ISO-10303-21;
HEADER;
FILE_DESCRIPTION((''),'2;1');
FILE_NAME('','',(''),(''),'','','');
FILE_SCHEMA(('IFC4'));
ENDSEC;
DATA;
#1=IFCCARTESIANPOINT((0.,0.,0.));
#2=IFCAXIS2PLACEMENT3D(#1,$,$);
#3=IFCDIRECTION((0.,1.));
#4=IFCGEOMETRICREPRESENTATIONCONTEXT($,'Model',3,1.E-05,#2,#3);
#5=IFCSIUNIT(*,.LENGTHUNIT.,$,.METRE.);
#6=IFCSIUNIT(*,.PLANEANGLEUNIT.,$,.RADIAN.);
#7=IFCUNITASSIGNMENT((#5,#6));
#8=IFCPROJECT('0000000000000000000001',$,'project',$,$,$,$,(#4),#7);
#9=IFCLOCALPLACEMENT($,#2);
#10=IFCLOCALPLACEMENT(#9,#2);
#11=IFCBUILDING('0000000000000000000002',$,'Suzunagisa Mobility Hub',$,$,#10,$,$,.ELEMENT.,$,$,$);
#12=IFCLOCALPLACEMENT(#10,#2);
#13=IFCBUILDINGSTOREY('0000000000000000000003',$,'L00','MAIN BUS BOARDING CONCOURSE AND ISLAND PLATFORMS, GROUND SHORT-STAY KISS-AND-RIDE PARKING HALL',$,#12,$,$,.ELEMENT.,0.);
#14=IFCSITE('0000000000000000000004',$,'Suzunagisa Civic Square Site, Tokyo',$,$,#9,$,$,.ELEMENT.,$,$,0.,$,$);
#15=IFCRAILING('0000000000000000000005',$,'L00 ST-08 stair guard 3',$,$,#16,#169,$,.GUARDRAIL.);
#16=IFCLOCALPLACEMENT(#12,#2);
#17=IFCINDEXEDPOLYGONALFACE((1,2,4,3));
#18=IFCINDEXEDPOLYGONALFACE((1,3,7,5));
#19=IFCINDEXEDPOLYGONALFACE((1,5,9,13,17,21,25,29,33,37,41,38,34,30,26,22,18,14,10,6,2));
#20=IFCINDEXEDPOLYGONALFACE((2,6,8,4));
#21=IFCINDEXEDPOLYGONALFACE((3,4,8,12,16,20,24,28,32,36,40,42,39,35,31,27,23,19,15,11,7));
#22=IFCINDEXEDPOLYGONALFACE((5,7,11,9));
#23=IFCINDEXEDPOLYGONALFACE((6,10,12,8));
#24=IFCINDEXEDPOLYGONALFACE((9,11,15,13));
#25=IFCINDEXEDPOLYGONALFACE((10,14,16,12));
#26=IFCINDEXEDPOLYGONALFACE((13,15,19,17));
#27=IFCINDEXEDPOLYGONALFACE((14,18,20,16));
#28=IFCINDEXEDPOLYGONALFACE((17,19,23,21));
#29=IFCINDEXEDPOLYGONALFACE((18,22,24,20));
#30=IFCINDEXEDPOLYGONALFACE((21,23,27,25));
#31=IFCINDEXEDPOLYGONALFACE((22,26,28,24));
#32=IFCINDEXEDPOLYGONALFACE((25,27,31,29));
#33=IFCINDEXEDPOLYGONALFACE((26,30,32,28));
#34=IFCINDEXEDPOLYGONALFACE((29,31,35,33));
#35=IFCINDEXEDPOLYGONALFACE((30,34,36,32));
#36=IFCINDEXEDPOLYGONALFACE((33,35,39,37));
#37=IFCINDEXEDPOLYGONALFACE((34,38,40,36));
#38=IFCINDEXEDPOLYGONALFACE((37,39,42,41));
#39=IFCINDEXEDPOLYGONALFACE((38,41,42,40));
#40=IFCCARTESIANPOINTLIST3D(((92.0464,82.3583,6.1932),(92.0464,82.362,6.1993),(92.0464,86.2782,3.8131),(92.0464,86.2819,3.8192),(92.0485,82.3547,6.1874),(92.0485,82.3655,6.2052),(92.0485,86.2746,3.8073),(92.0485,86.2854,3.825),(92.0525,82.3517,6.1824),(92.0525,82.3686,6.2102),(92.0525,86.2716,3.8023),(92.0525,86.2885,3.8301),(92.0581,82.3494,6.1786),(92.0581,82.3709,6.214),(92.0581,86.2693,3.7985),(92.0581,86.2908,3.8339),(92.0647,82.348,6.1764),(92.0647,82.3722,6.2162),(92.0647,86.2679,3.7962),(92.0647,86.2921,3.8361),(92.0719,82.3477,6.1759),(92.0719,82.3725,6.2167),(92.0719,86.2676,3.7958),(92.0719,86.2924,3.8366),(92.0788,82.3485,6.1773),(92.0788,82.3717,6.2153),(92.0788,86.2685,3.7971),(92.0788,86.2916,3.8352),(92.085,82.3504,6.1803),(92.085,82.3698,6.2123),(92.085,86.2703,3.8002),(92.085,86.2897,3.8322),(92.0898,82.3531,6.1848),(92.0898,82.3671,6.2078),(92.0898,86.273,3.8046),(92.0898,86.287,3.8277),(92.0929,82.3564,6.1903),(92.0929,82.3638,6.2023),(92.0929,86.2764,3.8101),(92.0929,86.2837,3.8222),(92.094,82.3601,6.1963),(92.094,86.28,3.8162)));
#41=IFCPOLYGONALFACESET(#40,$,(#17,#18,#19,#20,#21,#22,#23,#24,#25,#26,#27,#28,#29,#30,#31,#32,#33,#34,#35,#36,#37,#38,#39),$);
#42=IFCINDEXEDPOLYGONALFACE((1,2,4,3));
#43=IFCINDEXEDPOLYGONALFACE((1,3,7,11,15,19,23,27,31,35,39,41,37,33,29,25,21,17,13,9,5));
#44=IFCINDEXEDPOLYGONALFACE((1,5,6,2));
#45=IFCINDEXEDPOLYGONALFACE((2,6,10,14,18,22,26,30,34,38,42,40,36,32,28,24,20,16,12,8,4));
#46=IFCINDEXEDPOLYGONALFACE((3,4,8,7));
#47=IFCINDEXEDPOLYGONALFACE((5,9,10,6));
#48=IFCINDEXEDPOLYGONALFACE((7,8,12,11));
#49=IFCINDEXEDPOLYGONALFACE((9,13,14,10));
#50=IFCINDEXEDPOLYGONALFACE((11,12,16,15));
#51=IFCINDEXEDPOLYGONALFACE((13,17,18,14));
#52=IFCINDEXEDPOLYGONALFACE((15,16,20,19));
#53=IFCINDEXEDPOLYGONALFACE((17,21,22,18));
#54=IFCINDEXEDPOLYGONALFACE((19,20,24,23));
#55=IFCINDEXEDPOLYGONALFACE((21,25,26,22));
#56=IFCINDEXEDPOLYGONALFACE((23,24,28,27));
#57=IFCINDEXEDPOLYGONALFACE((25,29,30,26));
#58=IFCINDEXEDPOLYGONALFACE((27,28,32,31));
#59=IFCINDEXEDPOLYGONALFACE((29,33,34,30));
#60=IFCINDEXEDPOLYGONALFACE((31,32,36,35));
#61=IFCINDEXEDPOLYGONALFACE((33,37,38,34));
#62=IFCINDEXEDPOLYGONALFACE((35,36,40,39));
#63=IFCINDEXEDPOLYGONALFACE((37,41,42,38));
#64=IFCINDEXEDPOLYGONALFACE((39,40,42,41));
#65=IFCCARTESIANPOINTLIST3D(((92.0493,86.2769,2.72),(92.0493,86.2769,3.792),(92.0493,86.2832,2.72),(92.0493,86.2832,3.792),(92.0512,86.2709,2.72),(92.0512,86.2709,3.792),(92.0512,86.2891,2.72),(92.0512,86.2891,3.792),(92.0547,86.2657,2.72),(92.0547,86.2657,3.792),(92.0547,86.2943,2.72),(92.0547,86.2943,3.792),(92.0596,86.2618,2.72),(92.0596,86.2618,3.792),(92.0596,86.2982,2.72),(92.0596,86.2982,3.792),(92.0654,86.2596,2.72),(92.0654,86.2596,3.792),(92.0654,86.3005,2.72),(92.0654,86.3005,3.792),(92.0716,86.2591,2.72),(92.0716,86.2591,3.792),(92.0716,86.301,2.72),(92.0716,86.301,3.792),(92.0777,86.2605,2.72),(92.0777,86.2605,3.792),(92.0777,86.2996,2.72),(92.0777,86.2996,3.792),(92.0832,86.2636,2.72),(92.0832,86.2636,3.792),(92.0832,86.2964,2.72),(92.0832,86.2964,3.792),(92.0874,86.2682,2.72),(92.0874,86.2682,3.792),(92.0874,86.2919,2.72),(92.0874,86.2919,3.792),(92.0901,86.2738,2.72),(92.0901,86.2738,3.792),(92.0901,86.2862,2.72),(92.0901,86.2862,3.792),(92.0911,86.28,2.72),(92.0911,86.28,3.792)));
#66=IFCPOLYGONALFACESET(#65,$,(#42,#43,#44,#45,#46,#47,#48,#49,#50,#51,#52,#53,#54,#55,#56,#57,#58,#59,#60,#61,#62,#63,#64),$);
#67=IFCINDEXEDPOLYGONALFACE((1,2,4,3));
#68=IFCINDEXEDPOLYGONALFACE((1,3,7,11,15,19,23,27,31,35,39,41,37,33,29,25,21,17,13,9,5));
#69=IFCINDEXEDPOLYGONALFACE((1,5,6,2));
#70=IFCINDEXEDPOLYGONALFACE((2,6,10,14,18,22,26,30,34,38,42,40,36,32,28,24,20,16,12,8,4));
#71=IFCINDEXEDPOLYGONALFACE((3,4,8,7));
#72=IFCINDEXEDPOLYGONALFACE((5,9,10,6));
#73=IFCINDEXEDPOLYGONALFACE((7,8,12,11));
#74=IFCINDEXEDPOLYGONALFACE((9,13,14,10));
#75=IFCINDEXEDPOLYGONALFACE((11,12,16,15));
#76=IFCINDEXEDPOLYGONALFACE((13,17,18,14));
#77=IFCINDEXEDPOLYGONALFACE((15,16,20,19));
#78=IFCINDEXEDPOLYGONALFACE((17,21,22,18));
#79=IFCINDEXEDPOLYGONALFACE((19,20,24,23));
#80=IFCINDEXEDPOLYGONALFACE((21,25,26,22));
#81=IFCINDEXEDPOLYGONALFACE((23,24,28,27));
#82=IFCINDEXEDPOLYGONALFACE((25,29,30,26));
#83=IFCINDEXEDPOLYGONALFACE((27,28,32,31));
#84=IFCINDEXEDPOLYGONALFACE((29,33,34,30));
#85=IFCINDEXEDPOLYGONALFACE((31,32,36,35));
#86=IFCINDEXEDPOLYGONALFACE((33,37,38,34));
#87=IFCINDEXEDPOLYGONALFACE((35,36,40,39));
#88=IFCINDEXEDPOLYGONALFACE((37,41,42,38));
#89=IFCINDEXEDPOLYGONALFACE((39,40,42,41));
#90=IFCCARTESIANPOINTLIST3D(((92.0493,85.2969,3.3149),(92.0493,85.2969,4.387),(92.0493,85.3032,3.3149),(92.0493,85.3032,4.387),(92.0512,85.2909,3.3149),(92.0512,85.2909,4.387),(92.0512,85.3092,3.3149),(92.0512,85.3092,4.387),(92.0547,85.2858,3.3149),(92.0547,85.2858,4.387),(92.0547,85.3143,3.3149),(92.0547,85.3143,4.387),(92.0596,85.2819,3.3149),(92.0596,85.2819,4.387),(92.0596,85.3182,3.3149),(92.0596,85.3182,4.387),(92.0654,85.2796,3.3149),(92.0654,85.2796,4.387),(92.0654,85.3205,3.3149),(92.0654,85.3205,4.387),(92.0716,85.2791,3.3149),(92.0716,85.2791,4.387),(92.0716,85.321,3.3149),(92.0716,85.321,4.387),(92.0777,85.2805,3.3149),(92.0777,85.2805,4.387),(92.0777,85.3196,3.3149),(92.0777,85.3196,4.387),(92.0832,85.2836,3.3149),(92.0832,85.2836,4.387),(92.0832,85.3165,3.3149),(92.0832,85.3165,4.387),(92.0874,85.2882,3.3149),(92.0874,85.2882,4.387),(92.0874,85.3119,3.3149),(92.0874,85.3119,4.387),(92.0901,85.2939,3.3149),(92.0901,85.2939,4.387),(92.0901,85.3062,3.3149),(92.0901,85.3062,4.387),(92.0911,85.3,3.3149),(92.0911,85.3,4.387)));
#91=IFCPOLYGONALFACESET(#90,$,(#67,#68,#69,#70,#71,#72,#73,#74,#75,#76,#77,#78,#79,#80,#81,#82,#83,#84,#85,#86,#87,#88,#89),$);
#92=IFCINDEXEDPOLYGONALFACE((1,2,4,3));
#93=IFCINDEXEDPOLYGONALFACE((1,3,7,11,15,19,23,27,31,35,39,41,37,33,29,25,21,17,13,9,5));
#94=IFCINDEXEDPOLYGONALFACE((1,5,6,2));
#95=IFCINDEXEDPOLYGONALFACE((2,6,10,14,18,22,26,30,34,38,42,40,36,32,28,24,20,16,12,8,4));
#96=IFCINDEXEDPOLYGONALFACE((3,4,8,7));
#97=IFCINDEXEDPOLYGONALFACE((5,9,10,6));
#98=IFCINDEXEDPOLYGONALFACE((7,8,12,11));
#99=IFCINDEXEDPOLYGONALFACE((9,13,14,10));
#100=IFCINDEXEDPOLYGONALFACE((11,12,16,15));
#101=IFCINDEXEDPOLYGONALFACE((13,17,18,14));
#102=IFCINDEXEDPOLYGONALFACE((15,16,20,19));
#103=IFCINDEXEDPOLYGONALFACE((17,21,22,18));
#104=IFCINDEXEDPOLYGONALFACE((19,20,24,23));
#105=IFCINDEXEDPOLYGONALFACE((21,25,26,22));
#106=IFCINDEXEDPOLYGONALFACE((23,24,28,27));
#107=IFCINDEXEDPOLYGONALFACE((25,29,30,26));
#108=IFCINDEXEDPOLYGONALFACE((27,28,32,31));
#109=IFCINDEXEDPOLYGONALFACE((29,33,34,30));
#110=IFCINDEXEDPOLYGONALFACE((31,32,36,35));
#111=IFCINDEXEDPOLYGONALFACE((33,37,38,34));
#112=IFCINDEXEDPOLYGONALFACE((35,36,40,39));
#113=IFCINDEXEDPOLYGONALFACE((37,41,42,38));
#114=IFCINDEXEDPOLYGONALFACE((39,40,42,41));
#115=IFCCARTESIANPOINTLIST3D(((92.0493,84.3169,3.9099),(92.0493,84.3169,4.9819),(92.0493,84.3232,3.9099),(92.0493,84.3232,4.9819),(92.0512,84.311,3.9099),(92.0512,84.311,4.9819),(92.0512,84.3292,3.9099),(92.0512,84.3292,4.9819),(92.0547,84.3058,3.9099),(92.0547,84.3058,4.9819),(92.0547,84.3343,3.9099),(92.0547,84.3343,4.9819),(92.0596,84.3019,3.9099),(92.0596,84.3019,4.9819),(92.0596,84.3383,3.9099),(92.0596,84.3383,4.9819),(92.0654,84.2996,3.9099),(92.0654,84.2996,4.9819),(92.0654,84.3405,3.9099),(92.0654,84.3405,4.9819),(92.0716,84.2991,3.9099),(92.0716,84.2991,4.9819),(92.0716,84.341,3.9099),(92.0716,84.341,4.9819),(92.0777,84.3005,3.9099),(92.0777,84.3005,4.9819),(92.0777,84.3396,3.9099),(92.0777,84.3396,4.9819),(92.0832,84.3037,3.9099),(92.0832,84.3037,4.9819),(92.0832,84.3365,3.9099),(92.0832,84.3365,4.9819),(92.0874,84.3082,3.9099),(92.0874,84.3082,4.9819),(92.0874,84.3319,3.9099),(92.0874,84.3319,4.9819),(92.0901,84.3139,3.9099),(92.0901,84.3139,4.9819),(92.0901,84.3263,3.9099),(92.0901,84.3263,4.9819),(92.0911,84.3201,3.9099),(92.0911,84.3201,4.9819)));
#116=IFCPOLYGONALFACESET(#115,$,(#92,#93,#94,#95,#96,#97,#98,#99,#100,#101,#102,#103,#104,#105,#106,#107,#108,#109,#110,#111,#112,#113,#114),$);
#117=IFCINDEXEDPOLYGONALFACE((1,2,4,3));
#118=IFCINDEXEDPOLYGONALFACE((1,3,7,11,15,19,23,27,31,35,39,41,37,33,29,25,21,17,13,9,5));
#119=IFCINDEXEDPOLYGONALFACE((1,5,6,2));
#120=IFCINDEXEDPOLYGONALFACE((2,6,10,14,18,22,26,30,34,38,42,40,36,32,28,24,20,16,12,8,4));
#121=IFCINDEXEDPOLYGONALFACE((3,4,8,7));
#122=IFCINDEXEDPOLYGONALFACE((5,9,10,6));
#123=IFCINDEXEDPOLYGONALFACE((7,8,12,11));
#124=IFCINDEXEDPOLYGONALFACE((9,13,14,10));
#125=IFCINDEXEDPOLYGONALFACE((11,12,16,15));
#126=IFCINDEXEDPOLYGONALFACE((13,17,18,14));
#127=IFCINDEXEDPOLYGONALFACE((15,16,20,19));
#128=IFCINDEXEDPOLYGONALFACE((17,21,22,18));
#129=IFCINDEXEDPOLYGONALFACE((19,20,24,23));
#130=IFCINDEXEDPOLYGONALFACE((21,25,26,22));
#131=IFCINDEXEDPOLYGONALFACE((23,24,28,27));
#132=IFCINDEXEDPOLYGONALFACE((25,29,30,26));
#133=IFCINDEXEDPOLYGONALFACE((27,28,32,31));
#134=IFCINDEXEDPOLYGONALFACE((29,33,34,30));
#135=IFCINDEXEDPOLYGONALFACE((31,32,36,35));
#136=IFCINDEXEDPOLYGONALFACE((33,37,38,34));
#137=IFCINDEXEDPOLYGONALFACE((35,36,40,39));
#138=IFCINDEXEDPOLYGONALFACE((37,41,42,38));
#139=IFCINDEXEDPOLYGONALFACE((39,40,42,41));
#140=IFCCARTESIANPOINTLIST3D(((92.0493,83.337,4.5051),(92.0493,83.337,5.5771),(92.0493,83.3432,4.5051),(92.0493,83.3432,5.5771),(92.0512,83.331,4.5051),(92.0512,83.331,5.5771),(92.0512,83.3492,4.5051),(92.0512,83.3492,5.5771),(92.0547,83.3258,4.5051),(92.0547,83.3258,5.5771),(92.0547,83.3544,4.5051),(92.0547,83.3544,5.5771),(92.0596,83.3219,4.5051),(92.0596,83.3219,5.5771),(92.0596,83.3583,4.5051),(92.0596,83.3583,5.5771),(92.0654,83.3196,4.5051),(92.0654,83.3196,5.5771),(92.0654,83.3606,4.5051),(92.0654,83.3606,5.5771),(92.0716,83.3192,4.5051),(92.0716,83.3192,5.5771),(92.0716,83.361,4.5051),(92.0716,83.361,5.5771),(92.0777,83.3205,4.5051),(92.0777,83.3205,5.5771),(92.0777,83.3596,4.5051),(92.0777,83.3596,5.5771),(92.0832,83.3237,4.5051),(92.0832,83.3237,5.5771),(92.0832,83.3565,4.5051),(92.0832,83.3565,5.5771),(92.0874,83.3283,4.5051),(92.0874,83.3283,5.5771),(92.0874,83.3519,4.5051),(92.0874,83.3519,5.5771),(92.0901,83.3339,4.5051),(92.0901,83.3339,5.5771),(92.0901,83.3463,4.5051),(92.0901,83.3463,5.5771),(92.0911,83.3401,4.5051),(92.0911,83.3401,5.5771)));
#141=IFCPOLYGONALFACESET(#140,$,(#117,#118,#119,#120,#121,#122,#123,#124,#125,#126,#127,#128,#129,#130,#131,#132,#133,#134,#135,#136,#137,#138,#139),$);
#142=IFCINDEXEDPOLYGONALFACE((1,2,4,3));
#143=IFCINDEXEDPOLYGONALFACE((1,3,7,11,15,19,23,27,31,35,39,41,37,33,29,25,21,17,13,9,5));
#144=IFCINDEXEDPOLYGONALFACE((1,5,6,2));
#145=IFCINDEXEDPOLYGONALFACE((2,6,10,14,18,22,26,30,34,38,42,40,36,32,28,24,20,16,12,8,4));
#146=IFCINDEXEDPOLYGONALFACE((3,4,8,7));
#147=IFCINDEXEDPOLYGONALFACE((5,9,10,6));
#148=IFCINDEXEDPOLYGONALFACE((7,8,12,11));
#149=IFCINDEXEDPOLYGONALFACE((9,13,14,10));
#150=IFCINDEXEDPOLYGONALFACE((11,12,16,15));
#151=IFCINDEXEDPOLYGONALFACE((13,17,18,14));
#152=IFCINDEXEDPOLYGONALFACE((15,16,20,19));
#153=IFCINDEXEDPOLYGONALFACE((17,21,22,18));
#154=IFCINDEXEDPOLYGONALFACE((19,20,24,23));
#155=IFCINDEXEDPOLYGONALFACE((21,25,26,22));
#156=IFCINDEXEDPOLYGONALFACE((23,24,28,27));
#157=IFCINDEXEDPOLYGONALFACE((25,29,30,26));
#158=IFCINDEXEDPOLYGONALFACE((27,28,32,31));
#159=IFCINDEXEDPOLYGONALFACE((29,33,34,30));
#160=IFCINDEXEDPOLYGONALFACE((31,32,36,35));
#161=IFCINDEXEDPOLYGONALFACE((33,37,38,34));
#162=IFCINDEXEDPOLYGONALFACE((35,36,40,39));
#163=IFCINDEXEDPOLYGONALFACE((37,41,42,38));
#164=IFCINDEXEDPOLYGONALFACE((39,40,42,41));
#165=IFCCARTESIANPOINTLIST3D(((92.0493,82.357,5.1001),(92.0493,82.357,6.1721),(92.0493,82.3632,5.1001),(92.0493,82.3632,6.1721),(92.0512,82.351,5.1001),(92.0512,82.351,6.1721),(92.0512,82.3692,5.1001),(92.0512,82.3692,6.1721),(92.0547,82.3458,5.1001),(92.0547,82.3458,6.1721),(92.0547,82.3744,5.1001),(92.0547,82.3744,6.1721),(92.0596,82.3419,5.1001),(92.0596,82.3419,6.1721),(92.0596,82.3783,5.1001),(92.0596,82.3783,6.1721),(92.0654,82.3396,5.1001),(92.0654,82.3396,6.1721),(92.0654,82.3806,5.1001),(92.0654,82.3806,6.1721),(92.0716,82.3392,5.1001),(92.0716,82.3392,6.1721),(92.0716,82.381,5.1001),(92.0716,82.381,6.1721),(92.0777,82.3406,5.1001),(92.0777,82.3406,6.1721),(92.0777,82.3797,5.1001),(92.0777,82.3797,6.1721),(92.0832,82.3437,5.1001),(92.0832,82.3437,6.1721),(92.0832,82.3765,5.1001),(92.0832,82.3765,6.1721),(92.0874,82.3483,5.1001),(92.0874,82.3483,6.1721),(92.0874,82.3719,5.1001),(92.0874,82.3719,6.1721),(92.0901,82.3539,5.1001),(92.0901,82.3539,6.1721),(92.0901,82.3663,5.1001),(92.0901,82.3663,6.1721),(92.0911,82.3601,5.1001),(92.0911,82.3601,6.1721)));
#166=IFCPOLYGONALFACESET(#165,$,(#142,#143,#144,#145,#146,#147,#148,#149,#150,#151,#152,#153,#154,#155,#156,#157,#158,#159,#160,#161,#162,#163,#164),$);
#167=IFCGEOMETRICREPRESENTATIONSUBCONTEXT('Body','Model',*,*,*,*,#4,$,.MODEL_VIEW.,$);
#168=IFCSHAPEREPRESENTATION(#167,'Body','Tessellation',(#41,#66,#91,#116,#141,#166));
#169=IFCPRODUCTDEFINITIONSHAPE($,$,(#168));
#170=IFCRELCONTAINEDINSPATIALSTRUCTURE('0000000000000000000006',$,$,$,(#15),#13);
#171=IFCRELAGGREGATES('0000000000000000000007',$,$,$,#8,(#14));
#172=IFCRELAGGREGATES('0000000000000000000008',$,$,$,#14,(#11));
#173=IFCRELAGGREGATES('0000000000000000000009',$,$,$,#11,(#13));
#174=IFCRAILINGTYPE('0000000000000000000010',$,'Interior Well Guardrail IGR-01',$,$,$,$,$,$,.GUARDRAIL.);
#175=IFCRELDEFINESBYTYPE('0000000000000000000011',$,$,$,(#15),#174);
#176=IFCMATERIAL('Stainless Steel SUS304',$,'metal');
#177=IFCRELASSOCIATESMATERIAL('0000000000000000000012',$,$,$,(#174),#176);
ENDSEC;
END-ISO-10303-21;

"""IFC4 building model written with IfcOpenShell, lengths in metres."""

from ifc_helpers import new_model, si_unit, direction, frame, origin, origin_2d, place, context, subcontext, project, spatial, circle, extrude, material, type_object, element, save


model = new_model("IFC4")

# Units and contexts
model_context = context("Model", 3, precision=1e-05, world=origin(), true_north=direction((0.0, 1.0)))
body_context = subcontext(model_context, "Body", "Model", "MODEL_VIEW")
ifc_project = project(units=[si_unit("LENGTHUNIT", "METRE"), si_unit("PLANEANGLEUNIT", "RADIAN")], contexts=[model_context])

# Site, building, storey
site_placement = place(None, origin())
site = spatial("IfcSite", under=ifc_project, at=site_placement, Name="Suzunagisa Civic Square Site, Tokyo", CompositionType="ELEMENT", RefElevation=0.0)
building_placement = place(site_placement, origin())
building = spatial("IfcBuilding", under=site, at=building_placement, Name="Suzunagisa Mobility Hub", CompositionType="ELEMENT")
storey_placement = place(building_placement, origin())
storey = spatial("IfcBuildingStorey", under=building, at=storey_placement, Name="L00", Description="MAIN BUS BOARDING CONCOURSE AND ISLAND PLATFORMS, GROUND SHORT-STAY KISS-AND-RIDE PARKING HALL", CompositionType="ELEMENT", Elevation=0.0)

# Railing
ifc_material_1 = material(Name="Stainless Steel SUS304", Category="metal")
railing_type_1 = type_object("IfcRailingType", Name="Interior Well Guardrail IGR-01", PredefinedType="GUARDRAIL", material=ifc_material_1)
railing_1_placement = place(storey_placement, frame((92.0701, 86.28, 2.72)))
element("IfcRailing", 1, at=railing_1_placement, inside=storey, type_object=railing_type_1, Name="L00 ST-08 stair guard 3", PredefinedType="GUARDRAIL", context=body_context, shape_type="SweptSolid", body=[
    extrude(circle(Radius=0.0239, at=origin_2d()), frame((0.0, 0.0, 1.0962), z_axis=(0.0, -0.854771, 0.519006), x_axis=(1.0, 0.0, 0.0)), (0.0, 0.0, 1.0), 4.5859),
    extrude(circle(Radius=0.021, at=origin_2d()), origin(), (0.0, 0.0, 1.0), 1.072),
    extrude(circle(Radius=0.021, at=origin_2d()), frame((0.0, -0.98, 0.595)), (0.0, 0.0, 1.0), 1.072),
    extrude(circle(Radius=0.021, at=origin_2d()), frame((0.0, -1.96, 1.1899)), (0.0, 0.0, 1.0), 1.072),
    extrude(circle(Radius=0.021, at=origin_2d()), frame((0.0, -2.9399, 1.7852)), (0.0, 0.0, 1.0), 1.072),
    extrude(circle(Radius=0.021, at=origin_2d()), frame((0.0, -3.9199, 2.3801)), (0.0, 0.0, 1.0), 1.072),
])

save(model, "model.ifc")
